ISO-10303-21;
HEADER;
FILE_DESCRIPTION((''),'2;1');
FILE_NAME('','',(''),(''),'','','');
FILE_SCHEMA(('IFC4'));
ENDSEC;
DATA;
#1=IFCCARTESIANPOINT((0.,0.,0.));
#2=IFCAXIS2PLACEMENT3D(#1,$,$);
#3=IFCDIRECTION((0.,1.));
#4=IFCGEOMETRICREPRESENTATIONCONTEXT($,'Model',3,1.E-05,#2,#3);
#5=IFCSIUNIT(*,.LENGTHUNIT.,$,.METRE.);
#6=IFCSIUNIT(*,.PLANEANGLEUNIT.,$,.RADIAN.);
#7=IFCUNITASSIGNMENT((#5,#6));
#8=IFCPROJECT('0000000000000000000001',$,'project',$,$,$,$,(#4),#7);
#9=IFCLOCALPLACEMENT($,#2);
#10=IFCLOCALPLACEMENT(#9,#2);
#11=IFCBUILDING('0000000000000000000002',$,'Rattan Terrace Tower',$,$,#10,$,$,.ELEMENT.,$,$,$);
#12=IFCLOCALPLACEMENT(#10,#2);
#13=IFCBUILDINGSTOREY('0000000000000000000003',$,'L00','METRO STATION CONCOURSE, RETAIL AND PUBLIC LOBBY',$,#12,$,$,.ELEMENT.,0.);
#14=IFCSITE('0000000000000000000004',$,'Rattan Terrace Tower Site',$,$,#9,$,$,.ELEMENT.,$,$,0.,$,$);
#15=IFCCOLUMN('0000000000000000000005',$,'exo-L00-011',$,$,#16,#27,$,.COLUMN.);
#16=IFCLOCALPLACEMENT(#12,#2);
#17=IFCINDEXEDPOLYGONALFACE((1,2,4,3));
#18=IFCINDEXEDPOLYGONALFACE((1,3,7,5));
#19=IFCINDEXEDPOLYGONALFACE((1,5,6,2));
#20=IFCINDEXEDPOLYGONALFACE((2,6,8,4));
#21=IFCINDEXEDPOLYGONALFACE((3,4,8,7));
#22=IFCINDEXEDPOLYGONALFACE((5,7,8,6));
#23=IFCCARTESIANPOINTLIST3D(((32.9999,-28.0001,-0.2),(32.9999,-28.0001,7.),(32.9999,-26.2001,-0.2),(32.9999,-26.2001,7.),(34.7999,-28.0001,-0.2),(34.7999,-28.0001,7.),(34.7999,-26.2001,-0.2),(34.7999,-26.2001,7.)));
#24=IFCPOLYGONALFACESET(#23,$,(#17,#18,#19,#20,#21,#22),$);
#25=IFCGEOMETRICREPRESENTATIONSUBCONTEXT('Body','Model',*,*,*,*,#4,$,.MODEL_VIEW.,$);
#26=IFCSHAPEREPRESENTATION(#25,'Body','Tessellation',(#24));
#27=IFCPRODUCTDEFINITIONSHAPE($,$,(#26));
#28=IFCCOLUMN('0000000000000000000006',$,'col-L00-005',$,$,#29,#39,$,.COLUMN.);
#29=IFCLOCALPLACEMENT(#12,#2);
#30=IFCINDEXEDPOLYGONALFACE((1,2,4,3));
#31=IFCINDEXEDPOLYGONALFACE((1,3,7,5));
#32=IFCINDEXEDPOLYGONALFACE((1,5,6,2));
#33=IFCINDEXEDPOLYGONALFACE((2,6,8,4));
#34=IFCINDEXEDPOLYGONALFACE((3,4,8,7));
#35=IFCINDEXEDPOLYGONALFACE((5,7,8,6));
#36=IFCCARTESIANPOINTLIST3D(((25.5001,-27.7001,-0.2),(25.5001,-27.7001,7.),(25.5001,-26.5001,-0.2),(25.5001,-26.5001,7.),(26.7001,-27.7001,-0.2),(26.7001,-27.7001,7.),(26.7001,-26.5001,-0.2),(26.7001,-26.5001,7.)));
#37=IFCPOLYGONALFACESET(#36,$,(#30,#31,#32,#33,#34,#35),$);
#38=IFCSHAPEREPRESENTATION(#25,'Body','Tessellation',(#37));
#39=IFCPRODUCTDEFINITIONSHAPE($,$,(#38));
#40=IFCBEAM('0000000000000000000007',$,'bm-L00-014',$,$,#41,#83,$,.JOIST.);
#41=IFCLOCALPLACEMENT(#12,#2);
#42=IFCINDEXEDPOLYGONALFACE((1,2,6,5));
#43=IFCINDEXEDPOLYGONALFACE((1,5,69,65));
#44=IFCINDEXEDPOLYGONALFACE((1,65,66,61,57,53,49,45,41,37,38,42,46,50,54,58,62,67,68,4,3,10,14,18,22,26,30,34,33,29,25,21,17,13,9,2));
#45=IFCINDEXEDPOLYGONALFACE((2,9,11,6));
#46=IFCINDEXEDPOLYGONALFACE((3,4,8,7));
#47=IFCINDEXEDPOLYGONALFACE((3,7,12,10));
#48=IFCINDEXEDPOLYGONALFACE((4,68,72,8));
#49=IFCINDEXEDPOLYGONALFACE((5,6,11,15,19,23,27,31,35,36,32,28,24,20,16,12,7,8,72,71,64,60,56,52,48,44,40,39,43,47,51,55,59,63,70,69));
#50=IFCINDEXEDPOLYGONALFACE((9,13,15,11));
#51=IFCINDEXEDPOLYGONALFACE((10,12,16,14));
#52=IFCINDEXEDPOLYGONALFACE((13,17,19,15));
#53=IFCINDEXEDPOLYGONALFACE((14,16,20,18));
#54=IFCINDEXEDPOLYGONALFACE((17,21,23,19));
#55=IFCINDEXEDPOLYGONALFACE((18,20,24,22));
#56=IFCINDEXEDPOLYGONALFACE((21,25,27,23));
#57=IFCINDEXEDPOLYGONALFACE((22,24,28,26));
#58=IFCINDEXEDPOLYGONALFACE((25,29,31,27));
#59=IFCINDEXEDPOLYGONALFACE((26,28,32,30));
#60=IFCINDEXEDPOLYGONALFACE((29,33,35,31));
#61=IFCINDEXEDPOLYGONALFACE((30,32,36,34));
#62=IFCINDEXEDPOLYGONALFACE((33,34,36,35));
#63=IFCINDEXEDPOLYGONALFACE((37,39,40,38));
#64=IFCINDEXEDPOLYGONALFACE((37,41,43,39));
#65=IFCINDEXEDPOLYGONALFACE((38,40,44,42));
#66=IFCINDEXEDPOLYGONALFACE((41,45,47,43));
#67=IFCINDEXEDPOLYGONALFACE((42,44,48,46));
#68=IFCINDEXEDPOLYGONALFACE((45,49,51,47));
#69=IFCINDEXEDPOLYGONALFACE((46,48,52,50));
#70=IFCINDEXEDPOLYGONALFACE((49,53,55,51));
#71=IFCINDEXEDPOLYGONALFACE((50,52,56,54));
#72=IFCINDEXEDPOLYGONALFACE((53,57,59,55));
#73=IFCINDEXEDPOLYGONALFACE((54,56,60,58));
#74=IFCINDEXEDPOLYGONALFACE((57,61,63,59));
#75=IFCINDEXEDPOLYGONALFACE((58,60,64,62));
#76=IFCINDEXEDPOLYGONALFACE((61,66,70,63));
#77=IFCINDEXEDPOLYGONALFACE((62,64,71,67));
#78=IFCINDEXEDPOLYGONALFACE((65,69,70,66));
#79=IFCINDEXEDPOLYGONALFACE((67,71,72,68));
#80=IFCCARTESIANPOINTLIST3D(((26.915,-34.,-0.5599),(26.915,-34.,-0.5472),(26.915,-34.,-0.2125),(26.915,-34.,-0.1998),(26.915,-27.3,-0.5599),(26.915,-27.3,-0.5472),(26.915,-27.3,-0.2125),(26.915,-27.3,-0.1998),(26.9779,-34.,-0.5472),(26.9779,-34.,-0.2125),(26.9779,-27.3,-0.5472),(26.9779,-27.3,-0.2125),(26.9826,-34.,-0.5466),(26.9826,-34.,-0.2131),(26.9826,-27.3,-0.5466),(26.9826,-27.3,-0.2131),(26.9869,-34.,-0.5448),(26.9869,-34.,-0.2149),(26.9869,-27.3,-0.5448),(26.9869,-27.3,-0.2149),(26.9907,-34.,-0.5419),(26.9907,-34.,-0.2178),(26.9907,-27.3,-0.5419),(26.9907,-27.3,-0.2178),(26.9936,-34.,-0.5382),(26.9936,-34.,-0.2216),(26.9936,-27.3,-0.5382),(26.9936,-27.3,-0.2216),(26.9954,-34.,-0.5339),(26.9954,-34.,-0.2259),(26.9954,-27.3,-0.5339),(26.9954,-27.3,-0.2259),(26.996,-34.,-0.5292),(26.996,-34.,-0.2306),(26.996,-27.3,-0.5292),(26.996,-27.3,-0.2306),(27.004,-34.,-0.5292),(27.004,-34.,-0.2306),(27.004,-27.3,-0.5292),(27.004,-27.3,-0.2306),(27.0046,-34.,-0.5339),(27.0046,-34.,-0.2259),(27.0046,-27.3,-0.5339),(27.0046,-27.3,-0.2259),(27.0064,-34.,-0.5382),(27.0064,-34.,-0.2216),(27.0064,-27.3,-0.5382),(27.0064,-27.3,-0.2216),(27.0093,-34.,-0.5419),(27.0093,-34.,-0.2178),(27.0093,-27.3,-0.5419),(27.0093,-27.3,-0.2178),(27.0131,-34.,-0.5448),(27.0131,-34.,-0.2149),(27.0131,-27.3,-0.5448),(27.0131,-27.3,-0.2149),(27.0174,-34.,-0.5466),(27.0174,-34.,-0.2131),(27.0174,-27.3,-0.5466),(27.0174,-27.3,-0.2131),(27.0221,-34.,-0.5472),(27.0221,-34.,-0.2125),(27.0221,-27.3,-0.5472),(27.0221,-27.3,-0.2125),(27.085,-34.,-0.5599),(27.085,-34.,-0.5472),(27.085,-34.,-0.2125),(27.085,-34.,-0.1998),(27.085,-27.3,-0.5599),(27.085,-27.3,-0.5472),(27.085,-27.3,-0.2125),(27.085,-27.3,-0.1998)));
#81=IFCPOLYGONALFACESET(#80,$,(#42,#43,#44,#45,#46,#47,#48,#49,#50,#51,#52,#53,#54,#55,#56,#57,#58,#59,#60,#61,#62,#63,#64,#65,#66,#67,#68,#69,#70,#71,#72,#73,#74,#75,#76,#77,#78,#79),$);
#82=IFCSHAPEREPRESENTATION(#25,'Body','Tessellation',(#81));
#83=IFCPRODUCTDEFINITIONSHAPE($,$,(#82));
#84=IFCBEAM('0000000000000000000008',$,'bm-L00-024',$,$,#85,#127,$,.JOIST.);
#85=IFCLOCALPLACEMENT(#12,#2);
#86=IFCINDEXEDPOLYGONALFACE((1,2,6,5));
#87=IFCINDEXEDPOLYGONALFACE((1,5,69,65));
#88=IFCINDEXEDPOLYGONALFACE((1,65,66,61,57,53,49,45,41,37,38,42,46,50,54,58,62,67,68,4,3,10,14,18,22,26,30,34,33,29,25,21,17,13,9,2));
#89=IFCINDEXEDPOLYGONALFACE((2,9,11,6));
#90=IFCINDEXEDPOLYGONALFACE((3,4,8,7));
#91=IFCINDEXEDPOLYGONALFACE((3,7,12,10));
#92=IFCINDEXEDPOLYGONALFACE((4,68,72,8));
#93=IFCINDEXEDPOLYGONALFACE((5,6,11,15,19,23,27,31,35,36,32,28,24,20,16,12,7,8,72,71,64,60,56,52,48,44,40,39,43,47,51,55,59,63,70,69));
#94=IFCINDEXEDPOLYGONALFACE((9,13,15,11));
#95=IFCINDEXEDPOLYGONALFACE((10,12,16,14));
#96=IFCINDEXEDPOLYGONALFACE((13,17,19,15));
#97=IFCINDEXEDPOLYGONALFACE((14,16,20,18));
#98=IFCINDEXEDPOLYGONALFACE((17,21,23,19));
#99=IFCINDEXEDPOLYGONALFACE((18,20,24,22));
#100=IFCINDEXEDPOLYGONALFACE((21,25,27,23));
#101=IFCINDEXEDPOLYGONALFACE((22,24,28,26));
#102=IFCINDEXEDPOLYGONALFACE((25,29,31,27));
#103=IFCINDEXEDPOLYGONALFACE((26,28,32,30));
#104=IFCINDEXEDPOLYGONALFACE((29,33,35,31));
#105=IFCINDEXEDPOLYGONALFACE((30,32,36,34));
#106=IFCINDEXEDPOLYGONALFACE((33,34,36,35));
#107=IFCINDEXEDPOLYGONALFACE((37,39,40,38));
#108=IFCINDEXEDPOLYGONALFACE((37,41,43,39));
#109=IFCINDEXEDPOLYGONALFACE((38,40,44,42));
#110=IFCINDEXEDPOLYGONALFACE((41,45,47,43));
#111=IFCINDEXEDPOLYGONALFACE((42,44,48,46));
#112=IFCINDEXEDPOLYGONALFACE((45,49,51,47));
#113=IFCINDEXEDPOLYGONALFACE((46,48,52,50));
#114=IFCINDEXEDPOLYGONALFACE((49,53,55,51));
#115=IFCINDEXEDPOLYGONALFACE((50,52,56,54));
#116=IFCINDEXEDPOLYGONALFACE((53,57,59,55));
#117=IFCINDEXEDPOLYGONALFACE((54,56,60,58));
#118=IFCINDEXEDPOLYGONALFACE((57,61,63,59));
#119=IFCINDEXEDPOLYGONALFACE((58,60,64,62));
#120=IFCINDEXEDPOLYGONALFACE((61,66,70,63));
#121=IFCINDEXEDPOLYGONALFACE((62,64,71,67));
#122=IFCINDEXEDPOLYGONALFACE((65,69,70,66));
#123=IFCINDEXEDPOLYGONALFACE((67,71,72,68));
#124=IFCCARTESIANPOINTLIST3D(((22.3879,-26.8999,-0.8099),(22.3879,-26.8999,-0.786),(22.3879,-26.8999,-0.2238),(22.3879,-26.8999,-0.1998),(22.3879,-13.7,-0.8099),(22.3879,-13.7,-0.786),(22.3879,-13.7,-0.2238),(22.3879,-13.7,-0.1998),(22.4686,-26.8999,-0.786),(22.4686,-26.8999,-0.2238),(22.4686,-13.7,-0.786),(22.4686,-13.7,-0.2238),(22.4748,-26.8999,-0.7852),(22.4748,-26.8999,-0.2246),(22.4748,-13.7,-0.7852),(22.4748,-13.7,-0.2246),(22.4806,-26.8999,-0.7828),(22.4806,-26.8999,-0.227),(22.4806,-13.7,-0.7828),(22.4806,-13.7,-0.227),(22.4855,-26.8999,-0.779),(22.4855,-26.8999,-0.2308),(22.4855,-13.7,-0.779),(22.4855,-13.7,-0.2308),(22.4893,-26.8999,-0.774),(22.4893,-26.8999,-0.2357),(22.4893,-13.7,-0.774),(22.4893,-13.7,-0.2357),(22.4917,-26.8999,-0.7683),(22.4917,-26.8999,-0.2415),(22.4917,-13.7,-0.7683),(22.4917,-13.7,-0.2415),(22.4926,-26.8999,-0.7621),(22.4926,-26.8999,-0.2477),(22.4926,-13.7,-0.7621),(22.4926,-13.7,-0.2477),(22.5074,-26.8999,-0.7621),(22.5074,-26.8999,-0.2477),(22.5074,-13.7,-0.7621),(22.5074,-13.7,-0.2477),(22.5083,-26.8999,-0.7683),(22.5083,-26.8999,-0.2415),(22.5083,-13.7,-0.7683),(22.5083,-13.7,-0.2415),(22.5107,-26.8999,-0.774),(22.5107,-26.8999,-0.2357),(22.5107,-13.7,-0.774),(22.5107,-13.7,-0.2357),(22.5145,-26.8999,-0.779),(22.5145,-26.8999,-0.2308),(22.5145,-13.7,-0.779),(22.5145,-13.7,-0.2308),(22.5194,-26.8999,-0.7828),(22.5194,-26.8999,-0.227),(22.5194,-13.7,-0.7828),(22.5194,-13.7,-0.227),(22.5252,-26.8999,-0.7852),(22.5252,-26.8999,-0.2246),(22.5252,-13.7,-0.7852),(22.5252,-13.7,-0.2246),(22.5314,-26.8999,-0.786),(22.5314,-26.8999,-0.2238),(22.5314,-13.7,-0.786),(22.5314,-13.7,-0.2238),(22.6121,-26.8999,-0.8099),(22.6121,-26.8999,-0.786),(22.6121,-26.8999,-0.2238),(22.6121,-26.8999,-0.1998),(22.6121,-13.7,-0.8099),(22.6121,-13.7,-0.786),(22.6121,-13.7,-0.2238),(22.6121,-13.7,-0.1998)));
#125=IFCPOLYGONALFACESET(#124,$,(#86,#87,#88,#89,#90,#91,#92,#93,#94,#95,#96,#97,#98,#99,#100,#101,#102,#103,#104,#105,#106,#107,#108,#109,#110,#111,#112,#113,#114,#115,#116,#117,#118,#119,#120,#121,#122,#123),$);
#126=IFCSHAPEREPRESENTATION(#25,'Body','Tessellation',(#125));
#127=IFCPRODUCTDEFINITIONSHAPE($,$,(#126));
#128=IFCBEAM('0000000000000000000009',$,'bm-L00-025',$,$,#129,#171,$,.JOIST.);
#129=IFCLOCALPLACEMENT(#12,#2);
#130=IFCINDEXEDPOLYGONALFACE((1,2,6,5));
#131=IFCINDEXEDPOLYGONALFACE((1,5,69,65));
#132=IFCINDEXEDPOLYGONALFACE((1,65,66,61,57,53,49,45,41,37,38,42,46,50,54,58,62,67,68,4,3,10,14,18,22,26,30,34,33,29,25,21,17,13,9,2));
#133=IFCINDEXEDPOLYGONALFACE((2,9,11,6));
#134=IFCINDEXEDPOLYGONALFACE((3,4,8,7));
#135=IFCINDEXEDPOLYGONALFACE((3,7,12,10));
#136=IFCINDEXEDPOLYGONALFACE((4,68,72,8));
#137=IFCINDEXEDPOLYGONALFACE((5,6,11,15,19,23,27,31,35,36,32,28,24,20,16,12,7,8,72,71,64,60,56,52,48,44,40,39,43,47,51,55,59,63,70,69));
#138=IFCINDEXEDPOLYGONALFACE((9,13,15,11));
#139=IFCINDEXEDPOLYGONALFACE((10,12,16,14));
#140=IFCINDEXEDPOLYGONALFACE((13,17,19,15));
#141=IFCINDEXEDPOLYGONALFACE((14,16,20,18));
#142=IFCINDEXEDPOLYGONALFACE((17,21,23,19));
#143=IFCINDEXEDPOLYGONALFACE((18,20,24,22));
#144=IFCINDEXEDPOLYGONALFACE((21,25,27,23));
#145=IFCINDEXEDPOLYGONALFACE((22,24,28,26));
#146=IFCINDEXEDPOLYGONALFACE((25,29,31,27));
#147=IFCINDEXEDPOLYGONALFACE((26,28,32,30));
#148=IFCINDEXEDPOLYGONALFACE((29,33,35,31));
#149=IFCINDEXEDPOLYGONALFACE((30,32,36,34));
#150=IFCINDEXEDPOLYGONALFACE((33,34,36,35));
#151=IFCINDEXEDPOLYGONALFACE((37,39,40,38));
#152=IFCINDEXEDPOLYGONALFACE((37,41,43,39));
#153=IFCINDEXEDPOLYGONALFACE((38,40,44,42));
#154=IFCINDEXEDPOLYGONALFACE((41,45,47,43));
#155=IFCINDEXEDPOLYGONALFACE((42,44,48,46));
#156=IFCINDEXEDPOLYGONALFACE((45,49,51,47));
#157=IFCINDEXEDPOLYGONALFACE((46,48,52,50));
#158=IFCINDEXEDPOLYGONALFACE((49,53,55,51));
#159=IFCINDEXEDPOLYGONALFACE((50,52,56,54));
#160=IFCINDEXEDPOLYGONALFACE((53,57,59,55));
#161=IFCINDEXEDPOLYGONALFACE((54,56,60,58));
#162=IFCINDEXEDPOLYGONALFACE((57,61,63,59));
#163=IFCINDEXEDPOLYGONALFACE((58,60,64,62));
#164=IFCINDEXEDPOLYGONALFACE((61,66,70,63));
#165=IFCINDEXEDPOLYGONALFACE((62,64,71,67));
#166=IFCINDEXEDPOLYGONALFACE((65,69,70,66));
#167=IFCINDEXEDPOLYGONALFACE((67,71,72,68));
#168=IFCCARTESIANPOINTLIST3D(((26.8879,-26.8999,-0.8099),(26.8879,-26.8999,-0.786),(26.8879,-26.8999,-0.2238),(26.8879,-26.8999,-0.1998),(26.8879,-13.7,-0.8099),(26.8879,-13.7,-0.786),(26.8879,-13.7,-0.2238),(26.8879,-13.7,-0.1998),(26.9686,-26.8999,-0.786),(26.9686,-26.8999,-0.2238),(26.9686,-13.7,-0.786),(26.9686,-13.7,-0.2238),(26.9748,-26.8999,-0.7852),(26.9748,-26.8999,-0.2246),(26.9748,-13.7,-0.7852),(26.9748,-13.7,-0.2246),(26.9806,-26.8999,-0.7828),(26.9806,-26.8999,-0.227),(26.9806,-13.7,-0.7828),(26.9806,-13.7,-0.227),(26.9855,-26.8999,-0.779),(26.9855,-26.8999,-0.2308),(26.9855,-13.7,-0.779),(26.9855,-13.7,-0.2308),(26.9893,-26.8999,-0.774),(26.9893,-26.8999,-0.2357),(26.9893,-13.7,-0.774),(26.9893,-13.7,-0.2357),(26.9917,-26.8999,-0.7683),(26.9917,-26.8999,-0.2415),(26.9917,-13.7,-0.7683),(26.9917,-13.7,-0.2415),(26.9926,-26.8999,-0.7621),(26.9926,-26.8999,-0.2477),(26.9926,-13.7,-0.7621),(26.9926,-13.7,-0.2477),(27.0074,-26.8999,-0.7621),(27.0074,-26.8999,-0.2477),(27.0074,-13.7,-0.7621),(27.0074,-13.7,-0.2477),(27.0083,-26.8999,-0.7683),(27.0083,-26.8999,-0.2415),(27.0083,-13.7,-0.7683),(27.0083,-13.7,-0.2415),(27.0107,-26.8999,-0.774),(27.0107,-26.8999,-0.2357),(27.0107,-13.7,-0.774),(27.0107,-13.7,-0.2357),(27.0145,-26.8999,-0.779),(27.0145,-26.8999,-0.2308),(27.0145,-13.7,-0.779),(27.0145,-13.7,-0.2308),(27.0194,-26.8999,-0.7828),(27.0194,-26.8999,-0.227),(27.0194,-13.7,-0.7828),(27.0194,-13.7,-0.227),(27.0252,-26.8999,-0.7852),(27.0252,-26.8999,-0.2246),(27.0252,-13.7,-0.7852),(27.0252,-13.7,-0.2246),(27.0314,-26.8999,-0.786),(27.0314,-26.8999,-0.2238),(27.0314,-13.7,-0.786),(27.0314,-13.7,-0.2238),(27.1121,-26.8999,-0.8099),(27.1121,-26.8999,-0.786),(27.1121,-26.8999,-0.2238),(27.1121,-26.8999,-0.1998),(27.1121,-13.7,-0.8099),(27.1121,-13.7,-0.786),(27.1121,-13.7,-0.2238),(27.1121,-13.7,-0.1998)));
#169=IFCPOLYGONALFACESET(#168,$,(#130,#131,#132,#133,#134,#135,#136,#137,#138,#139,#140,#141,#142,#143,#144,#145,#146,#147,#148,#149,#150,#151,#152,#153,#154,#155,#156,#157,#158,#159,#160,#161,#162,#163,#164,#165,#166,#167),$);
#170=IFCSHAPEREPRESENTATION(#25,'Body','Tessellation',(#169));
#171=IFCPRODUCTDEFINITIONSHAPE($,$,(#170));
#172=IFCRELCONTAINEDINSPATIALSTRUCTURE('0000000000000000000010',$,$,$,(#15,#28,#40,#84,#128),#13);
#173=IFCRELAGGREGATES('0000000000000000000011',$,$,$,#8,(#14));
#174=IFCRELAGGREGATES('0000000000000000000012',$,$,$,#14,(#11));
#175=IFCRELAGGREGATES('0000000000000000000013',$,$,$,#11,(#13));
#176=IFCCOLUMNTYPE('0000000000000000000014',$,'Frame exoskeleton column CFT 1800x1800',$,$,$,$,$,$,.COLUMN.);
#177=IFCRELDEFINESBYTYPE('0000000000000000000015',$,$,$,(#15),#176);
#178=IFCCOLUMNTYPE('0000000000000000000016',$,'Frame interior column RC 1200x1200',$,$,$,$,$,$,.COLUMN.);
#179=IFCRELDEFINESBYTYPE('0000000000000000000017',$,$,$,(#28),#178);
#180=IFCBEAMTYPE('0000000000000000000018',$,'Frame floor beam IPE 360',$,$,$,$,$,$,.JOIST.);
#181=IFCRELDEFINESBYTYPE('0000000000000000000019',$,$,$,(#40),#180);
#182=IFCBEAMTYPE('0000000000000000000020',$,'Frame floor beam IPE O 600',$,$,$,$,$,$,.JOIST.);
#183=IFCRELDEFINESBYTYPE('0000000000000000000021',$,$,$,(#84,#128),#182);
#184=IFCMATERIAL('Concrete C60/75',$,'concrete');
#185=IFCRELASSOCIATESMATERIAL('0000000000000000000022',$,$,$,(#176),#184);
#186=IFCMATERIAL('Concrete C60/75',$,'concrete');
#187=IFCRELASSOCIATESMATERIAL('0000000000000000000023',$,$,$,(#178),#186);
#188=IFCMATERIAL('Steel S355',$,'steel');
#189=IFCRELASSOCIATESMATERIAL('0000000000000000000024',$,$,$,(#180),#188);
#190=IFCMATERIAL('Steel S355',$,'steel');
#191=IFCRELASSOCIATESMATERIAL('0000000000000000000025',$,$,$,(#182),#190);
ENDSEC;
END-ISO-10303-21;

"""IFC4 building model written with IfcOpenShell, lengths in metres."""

from ifc_helpers import new_model, si_unit, direction, frame, origin, origin_2d, place, context, subcontext, project, spatial, rectangle, i_section, extrude, material, material_profile, profile_set, type_object, element, save


model = new_model("IFC4")

# Units and contexts
model_context = context("Model", 3, precision=1e-05, world=origin(), true_north=direction((0.0, 1.0)))
body_context = subcontext(model_context, "Body", "Model", "MODEL_VIEW")
ifc_project = project(units=[si_unit("LENGTHUNIT", "METRE"), si_unit("PLANEANGLEUNIT", "RADIAN")], contexts=[model_context])

# Site, building, storey
site_placement = place(None, origin())
site = spatial("IfcSite", under=ifc_project, at=site_placement, Name="Rattan Terrace Tower Site", CompositionType="ELEMENT", RefElevation=0.0)
building_placement = place(site_placement, origin())
building = spatial("IfcBuilding", under=site, at=building_placement, Name="Rattan Terrace Tower", CompositionType="ELEMENT")
storey_placement = place(building_placement, origin())
storey = spatial("IfcBuildingStorey", under=building, at=storey_placement, Name="L00", Description="METRO STATION CONCOURSE, RETAIL AND PUBLIC LOBBY", CompositionType="ELEMENT", Elevation=0.0)

# Columns
ifc_material_1 = material(Name="Concrete C60/75", Category="concrete")
ifc_material_profile_1 = material_profile(ifc_material_1, rectangle(XDim=1.8, YDim=1.8, at=origin_2d()), Name="CFT 1800x1800")
ifc_profile_set_1 = profile_set([ifc_material_profile_1], Name="Concrete C60/75")
column_type_1 = type_object("IfcColumnType", Name="Frame exoskeleton column CFT 1800x1800", PredefinedType="COLUMN", material=ifc_profile_set_1)
column_1_placement = place(storey_placement, frame((33.8999, -27.1001, -0.2), z_axis=(0.0, 0.0, 1.0), x_axis=(0.0, 1.0, 0.0)))
element("IfcColumn", 1, at=column_1_placement, inside=storey, type_object=column_type_1, Name="exo-L00-011", PredefinedType="COLUMN", context=body_context, shape_type="SweptSolid", body=[
    extrude(rectangle(XDim=1.8, YDim=1.8, at=origin_2d()), origin(), (0.0, 0.0, 1.0), 7.2),
])
ifc_material_2 = material(Name="Concrete C60/75", Category="concrete")
ifc_material_profile_2 = material_profile(ifc_material_2, rectangle(XDim=1.2, YDim=1.2, at=origin_2d()), Name="RC 1200x1200")
ifc_profile_set_2 = profile_set([ifc_material_profile_2], Name="Concrete C60/75")
column_type_2 = type_object("IfcColumnType", Name="Frame interior column RC 1200x1200", PredefinedType="COLUMN", material=ifc_profile_set_2)
column_2_placement = place(storey_placement, frame((26.1001, -27.1001, -0.2), z_axis=(0.0, 0.0, 1.0), x_axis=(1.0, 0.0, 0.0)))
element("IfcColumn", 2, at=column_2_placement, inside=storey, type_object=column_type_2, Name="col-L00-005", PredefinedType="COLUMN", context=body_context, shape_type="SweptSolid", body=[
    extrude(rectangle(XDim=1.2, YDim=1.2, at=origin_2d()), origin(), (0.0, 0.0, 1.0), 7.2),
])

# Beams
ifc_material_3 = material(Name="Steel S355", Category="steel")
ifc_material_profile_3 = material_profile(ifc_material_3, i_section(OverallWidth=0.1699, OverallDepth=0.3601, WebThickness=0.0081, FlangeThickness=0.0127, FilletRadius=0.0181, at=origin_2d()), Name="IPE 360")
ifc_profile_set_3 = profile_set([ifc_material_profile_3], Name="Steel S355")
beam_type_1 = type_object("IfcBeamType", Name="Frame floor beam IPE 360", PredefinedType="JOIST", material=ifc_profile_set_3)
beam_1_placement = place(storey_placement, frame((27.0, -34.0, -0.3799), z_axis=(0.0, 1.0, 0.0), x_axis=(-1.0, 0.0, 0.0)))
element("IfcBeam", 3, at=beam_1_placement, inside=storey, type_object=beam_type_1, Name="bm-L00-014", PredefinedType="JOIST", context=body_context, shape_type="SweptSolid", body=[
    extrude(i_section(OverallWidth=0.1699, OverallDepth=0.3601, WebThickness=0.0081, FlangeThickness=0.0127, FilletRadius=0.0181, at=origin_2d()), origin(), (0.0, 0.0, 1.0), 6.7),
])
ifc_material_4 = material(Name="Steel S355", Category="steel")
ifc_material_profile_4 = material_profile(ifc_material_4, i_section(OverallWidth=0.2241, OverallDepth=0.6101, WebThickness=0.0149, FlangeThickness=0.0239, FilletRadius=0.0239, at=origin_2d()), Name="IPE O 600")
ifc_profile_set_4 = profile_set([ifc_material_profile_4], Name="Steel S355")
beam_type_2 = type_object("IfcBeamType", Name="Frame floor beam IPE O 600", PredefinedType="JOIST", material=ifc_profile_set_4)
for number, where, z_axis, x_axis, name in (
    (4, (22.5, -26.8999, -0.5049), (0.0, 1.0, 0.0), (-1.0, 0.0, 0.0), "bm-L00-024"),
    (5, (27.0, -26.8999, -0.5049), (0.0, 1.0, 0.0), (-1.0, 0.0, 0.0), "bm-L00-025"),
):
    element("IfcBeam", number, at=place(storey_placement, frame(where, z_axis=z_axis, x_axis=x_axis)), inside=storey, type_object=beam_type_2, Name=name, PredefinedType="JOIST", context=body_context, shape_type="SweptSolid", body=[
        extrude(i_section(OverallWidth=0.2241, OverallDepth=0.6101, WebThickness=0.0149, FlangeThickness=0.0239, FilletRadius=0.0239, at=origin_2d()), origin(), (0.0, 0.0, 1.0), 13.2),
    ])

save(model, "model.ifc")
